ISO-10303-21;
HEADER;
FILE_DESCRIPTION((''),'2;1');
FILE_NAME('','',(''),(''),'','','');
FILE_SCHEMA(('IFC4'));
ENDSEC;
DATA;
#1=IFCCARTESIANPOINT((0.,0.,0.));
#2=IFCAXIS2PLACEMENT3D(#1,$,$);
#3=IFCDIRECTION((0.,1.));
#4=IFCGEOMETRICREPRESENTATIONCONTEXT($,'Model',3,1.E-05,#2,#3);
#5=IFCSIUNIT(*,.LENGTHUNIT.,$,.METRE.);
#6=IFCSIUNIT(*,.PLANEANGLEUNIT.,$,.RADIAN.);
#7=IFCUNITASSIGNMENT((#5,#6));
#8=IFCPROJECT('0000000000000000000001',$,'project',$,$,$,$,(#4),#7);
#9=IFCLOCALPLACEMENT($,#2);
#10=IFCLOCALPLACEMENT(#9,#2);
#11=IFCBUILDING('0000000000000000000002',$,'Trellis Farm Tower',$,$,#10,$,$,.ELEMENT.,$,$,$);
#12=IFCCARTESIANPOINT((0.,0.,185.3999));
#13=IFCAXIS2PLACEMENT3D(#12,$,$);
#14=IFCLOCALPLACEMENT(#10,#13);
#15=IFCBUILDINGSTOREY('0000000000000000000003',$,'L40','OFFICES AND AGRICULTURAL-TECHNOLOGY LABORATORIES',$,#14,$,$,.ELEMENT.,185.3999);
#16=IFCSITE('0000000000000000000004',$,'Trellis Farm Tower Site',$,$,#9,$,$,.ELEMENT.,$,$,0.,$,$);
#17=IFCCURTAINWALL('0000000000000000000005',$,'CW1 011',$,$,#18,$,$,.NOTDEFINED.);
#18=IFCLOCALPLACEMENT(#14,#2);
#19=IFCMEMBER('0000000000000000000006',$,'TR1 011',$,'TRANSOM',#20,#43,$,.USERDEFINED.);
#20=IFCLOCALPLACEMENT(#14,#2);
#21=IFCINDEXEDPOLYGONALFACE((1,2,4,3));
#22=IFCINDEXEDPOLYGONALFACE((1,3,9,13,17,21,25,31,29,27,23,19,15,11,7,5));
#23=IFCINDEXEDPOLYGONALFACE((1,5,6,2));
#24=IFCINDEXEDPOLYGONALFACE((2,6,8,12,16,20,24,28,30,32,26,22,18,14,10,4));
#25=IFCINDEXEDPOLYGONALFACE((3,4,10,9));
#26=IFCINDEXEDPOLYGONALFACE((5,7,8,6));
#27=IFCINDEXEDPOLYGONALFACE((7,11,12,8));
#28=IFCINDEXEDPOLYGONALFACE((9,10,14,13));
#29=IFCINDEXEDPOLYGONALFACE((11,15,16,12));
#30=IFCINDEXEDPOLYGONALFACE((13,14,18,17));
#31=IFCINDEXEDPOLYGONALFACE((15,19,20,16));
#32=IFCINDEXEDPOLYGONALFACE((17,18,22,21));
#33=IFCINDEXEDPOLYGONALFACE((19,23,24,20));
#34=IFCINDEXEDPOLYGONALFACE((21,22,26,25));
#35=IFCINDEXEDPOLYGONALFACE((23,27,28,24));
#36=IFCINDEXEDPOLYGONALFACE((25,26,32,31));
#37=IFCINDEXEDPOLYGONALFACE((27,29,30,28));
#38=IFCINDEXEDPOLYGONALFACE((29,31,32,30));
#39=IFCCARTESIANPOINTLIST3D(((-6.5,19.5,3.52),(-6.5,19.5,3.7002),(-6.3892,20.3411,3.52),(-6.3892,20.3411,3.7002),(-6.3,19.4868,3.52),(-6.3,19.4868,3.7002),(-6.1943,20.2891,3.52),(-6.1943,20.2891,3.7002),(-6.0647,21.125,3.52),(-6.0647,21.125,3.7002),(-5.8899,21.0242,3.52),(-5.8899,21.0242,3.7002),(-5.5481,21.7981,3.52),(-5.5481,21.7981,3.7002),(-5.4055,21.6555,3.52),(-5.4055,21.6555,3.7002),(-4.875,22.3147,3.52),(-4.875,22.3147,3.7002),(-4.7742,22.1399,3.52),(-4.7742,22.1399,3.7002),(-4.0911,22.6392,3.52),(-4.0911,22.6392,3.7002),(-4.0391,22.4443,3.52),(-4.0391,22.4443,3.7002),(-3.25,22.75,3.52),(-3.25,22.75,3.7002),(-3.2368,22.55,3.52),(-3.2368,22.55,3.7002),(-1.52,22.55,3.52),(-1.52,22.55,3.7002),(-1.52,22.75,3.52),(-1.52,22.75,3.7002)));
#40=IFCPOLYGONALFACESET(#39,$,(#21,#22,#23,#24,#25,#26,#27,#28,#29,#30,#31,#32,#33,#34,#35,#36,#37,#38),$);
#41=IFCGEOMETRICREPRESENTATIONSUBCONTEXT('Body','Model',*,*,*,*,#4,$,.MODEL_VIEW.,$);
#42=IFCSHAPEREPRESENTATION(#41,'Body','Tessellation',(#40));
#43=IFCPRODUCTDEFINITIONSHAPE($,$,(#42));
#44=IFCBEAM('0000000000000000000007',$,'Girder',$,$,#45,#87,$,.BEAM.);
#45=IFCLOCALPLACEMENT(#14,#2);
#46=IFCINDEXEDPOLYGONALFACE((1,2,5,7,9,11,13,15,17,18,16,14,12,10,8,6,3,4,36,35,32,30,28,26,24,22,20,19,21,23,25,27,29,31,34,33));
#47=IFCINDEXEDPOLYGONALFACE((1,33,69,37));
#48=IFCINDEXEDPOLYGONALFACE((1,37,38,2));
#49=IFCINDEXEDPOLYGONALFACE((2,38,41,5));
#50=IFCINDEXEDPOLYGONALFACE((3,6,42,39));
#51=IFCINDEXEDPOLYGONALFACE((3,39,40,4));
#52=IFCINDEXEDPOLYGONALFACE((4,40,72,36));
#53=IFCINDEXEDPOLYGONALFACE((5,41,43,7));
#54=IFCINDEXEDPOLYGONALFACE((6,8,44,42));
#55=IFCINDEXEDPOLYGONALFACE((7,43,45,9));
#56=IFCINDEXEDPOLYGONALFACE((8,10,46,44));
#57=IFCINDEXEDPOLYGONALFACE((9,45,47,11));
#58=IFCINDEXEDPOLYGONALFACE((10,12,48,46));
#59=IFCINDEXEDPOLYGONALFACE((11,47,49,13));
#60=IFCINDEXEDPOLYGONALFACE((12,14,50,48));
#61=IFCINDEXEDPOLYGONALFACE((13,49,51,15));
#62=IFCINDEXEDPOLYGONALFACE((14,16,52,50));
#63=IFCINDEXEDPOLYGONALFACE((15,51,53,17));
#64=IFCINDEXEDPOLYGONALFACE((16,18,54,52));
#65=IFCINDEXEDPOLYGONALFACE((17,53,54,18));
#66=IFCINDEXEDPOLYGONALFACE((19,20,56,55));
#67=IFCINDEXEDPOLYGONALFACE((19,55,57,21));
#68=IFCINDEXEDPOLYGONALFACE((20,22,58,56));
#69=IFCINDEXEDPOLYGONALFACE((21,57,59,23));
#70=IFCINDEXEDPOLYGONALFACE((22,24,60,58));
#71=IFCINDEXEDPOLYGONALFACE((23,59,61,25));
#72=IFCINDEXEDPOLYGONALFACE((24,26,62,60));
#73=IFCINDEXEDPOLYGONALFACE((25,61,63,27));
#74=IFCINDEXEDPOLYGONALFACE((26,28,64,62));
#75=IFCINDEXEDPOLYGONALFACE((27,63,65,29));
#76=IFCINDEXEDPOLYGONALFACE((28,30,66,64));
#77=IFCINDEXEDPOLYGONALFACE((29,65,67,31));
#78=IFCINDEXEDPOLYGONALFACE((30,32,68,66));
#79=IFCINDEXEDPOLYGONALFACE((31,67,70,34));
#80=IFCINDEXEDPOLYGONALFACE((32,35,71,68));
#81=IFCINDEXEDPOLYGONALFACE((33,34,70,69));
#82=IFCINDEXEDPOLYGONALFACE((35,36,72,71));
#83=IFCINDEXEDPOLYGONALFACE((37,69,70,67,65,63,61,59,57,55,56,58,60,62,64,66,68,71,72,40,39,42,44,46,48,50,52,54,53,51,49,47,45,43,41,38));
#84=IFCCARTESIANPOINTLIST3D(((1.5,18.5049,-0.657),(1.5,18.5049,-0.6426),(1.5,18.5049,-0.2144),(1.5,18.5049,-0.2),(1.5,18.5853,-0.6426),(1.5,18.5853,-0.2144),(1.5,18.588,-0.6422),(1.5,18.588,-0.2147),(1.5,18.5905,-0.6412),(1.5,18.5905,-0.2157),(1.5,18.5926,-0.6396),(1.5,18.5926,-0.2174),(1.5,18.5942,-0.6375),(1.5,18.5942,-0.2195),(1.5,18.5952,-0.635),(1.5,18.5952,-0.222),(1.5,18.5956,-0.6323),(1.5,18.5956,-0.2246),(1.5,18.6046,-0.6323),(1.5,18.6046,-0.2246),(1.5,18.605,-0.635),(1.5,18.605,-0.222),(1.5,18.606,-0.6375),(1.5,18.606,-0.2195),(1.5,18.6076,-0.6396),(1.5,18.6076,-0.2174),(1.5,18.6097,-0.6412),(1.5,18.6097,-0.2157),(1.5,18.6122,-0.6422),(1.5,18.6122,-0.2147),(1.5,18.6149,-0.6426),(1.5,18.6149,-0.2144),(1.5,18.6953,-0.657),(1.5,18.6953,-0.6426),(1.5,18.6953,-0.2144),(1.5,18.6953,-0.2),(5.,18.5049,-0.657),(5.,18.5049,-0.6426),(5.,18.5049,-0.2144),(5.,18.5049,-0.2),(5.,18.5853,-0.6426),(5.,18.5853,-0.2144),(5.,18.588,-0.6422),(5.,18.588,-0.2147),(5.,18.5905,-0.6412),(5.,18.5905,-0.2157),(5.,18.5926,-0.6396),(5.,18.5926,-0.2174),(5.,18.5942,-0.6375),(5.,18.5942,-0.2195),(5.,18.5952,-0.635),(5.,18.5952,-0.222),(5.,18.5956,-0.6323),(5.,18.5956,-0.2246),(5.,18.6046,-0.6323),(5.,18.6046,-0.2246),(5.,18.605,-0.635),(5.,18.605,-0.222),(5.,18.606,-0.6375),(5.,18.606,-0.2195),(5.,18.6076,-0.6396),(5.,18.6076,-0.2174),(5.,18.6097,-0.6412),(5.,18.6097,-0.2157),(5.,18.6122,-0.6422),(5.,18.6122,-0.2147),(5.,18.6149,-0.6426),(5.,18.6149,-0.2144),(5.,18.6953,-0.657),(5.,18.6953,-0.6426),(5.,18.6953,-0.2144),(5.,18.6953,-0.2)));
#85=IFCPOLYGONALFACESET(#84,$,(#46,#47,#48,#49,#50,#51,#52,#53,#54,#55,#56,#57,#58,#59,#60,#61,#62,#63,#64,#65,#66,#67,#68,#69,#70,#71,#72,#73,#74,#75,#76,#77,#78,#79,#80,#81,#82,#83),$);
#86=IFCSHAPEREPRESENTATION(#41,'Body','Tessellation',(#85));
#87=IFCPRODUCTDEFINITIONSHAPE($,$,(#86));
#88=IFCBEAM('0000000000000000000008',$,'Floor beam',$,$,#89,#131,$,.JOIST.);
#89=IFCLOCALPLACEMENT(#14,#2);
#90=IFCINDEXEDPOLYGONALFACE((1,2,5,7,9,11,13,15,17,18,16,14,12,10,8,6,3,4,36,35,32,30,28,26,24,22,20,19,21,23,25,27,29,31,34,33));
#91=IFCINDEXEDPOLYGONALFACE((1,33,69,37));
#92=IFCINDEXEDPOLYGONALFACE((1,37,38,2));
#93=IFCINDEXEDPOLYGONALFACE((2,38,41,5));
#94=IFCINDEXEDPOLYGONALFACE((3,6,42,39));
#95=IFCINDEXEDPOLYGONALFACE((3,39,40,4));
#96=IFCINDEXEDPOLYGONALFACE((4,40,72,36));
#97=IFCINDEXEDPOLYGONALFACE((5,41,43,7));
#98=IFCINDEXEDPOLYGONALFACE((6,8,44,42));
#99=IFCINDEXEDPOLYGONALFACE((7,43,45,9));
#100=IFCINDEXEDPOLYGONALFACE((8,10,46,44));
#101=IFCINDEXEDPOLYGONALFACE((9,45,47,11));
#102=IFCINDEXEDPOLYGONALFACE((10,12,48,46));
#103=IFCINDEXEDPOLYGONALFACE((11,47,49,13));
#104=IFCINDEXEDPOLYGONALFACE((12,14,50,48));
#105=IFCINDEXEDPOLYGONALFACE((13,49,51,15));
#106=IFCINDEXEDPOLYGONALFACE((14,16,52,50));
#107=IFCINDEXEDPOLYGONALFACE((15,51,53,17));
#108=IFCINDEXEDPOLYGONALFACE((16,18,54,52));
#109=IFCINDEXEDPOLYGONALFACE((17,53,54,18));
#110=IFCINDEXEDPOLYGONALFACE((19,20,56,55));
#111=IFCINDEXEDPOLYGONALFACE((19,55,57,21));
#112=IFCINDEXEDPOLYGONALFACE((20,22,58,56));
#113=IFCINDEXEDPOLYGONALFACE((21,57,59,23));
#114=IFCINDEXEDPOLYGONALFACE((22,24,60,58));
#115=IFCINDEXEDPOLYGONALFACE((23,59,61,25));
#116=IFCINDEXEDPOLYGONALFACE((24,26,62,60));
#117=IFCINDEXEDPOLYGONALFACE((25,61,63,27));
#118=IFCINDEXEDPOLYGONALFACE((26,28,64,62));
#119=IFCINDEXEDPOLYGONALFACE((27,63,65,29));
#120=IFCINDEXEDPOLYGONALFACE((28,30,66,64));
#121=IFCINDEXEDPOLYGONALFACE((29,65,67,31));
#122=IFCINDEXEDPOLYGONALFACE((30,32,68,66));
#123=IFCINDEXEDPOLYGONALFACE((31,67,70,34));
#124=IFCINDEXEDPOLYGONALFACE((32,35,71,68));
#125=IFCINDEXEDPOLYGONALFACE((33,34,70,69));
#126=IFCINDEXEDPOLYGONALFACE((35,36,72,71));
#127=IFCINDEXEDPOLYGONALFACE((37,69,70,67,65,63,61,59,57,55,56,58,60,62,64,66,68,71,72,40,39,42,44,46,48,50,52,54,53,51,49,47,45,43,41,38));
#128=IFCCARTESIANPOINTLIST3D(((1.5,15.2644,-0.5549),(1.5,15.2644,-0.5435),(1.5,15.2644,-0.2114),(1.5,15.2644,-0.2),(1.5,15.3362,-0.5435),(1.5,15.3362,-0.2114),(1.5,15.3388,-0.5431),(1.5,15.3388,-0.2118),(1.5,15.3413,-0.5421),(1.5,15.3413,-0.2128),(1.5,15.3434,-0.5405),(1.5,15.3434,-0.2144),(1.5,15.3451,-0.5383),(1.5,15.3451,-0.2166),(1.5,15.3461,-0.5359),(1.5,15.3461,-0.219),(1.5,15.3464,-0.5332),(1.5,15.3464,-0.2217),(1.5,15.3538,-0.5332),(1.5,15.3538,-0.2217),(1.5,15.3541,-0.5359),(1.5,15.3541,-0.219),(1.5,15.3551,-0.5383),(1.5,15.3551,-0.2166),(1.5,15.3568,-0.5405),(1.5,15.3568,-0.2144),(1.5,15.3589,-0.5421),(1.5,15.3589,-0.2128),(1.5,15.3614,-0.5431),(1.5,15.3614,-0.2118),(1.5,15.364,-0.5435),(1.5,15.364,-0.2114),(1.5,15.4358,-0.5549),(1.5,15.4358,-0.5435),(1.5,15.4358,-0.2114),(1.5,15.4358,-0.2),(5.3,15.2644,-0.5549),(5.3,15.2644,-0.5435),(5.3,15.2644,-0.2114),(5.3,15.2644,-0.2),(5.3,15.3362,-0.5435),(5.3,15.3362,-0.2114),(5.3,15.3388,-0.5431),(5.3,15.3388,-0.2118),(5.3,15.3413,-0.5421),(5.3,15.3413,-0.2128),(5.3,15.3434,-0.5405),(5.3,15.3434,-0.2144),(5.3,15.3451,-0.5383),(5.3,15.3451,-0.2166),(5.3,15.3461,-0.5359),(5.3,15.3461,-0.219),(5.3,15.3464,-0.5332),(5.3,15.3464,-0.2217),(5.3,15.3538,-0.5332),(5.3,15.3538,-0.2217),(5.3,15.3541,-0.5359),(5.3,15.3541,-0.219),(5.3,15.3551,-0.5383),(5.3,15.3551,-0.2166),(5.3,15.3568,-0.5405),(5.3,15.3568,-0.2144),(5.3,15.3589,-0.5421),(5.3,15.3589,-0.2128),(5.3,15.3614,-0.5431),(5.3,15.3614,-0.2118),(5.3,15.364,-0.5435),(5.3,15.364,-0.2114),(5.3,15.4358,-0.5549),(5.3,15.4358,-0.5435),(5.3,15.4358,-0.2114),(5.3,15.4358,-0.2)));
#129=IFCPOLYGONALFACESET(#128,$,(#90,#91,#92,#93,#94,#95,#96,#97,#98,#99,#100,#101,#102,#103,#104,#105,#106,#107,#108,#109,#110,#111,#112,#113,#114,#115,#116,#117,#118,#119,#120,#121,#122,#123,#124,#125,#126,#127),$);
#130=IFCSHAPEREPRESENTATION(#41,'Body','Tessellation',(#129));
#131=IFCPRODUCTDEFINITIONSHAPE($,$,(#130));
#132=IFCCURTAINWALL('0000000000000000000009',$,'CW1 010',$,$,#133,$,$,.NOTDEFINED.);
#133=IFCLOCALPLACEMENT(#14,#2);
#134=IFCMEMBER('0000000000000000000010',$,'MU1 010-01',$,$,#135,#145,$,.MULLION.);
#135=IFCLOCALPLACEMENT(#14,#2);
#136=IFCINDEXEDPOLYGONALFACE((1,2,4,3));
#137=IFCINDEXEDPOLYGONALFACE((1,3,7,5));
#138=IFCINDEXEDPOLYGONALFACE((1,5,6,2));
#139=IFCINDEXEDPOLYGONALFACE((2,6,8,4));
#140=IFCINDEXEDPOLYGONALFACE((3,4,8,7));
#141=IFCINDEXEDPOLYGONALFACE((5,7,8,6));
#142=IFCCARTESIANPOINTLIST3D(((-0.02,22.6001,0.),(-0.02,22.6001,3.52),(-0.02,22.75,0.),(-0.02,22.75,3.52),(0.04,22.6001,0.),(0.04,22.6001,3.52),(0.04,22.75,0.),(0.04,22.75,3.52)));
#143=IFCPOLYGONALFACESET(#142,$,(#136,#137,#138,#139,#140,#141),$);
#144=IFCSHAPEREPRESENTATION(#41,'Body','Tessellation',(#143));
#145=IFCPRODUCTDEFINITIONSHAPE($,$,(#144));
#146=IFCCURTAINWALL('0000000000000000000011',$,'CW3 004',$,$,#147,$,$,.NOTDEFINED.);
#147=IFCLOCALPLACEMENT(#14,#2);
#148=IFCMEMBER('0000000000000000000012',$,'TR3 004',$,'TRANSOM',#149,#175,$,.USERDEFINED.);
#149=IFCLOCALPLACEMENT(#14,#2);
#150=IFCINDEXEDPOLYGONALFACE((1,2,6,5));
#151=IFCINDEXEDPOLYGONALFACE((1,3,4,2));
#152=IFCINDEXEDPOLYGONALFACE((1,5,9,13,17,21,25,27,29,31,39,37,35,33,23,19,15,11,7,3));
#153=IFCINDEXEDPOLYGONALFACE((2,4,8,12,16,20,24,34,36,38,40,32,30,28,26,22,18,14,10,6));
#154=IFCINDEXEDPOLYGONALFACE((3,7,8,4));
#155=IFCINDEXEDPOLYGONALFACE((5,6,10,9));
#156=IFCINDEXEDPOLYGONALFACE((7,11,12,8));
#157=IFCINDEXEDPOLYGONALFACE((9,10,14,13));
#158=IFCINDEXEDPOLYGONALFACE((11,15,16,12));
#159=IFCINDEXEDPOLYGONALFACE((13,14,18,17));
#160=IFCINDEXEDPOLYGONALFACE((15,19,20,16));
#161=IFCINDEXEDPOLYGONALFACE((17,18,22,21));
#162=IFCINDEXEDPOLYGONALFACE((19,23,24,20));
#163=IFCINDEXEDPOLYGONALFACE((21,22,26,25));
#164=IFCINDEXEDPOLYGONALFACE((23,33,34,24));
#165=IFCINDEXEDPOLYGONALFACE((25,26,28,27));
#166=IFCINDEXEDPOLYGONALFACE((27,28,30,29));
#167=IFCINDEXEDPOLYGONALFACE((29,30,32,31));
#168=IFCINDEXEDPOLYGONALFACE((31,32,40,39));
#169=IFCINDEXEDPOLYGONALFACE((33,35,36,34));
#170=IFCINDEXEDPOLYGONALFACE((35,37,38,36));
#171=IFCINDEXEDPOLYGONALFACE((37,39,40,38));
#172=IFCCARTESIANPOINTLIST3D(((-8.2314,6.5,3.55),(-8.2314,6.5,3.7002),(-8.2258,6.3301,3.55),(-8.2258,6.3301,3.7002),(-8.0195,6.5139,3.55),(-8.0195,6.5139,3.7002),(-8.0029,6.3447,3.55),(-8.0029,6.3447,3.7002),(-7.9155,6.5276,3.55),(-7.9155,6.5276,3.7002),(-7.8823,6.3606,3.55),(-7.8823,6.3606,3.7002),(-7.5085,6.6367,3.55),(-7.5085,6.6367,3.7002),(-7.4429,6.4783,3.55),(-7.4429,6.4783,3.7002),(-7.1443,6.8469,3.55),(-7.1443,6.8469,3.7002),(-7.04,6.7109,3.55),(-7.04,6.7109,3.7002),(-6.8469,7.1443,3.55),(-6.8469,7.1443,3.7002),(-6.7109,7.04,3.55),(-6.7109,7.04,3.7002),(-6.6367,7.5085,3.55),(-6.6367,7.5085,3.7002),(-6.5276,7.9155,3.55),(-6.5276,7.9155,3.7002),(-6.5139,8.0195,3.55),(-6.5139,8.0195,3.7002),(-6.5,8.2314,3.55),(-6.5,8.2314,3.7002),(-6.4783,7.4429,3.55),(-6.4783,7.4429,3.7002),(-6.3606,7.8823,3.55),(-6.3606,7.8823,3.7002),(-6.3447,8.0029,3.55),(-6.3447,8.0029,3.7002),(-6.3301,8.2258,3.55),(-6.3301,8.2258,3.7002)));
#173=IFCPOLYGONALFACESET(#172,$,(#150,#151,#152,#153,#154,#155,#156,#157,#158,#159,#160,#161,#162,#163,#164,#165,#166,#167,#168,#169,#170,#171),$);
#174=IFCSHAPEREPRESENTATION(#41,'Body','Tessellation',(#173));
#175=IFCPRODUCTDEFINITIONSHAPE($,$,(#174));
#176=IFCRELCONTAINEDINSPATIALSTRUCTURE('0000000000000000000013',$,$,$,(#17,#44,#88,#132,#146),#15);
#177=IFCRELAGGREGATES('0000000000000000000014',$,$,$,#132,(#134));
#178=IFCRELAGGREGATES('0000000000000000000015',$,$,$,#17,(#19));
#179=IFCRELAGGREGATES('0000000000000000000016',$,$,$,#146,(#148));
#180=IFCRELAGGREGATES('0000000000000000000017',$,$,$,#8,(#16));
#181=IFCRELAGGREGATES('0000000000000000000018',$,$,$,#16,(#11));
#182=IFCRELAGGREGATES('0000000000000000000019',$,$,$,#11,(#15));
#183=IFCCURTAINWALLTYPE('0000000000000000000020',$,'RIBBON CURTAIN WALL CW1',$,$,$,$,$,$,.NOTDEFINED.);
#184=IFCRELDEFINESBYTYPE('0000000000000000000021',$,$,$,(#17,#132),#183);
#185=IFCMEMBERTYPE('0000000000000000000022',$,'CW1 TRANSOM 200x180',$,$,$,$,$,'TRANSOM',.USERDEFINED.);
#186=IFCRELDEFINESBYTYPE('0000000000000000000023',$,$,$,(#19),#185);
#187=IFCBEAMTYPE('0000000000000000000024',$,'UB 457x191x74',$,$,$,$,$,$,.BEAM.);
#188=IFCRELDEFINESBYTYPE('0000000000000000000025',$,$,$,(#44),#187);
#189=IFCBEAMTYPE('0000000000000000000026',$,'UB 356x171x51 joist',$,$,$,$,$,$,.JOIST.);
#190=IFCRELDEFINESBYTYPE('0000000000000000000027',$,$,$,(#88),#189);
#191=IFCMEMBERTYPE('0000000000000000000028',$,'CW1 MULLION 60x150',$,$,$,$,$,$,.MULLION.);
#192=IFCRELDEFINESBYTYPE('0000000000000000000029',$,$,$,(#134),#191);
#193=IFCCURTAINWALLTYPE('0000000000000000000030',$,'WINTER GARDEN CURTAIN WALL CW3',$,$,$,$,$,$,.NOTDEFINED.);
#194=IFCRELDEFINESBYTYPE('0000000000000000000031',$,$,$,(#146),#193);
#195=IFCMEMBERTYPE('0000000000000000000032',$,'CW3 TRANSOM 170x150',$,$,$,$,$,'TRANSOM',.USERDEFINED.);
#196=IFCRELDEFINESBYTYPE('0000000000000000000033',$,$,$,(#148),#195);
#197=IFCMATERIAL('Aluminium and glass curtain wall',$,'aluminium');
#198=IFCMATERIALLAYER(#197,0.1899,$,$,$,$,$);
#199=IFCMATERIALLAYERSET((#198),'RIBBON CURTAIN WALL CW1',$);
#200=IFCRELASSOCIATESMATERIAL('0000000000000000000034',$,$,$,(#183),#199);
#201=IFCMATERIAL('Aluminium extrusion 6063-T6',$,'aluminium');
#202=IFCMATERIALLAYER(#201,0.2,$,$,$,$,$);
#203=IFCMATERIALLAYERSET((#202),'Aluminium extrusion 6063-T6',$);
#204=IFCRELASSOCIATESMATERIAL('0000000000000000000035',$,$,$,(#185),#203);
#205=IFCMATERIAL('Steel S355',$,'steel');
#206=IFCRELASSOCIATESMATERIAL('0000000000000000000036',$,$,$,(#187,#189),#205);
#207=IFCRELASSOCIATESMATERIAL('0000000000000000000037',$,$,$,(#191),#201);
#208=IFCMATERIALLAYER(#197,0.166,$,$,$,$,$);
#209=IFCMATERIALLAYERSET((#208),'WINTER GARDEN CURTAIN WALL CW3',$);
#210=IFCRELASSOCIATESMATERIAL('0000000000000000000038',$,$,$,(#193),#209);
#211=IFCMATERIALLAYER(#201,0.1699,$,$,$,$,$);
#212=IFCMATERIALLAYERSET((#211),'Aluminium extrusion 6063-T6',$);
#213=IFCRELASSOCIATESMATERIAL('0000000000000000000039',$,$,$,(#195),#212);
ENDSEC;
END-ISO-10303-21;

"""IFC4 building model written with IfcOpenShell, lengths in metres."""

from ifc_helpers import new_model, si_unit, direction, frame, origin, origin_2d, place, context, subcontext, project, spatial, polyline, rectangle, i_section, outline, extrude, source, transform, mapped, material, layer, layer_set, material_profile, profile_set, type_object, element, aggregate, save


model = new_model("IFC4")

# Units and contexts
model_context = context("Model", 3, precision=1e-05, world=origin(), true_north=direction((0.0, 1.0)))
body_context = subcontext(model_context, "Body", "Model", "MODEL_VIEW")
ifc_project = project(units=[si_unit("LENGTHUNIT", "METRE"), si_unit("PLANEANGLEUNIT", "RADIAN")], contexts=[model_context])

# Site, building, storey
site_placement = place(None, origin())
site = spatial("IfcSite", under=ifc_project, at=site_placement, Name="Trellis Farm Tower Site", CompositionType="ELEMENT", RefElevation=0.0)
building_placement = place(site_placement, origin())
building = spatial("IfcBuilding", under=site, at=building_placement, Name="Trellis Farm Tower", CompositionType="ELEMENT")
storey_placement = place(building_placement, frame((0.0, 0.0, 185.3999)))
storey = spatial("IfcBuildingStorey", under=building, at=storey_placement, Name="L40", Description="OFFICES AND AGRICULTURAL-TECHNOLOGY LABORATORIES", CompositionType="ELEMENT", Elevation=185.3999)

# Curtain wall, member
ifc_material_1 = material(Name="Aluminium and glass curtain wall", Category="aluminium")
ifc_layer_1 = layer(ifc_material_1, 0.1899)
ifc_layer_set_1 = layer_set([ifc_layer_1], Name="RIBBON CURTAIN WALL CW1")
curtain_wall_type_1 = type_object("IfcCurtainWallType", Name="RIBBON CURTAIN WALL CW1", PredefinedType="NOTDEFINED", material=ifc_layer_set_1)
placement_1 = place(storey_placement, origin())
curtain_wall_1 = element("IfcCurtainWall", 1, at=placement_1, inside=storey, type_object=curtain_wall_type_1, Name="CW1 011", PredefinedType="NOTDEFINED")
ifc_material_2 = material(Name="Aluminium extrusion 6063-T6", Category="aluminium")
ifc_layer_2 = layer(ifc_material_2, 0.2)
ifc_layer_set_2 = layer_set([ifc_layer_2], Name="Aluminium extrusion 6063-T6")
member_type_1 = type_object("IfcMemberType", Name="CW1 TRANSOM 200x180", ElementType="TRANSOM", PredefinedType="USERDEFINED", material=ifc_layer_set_2)
placement_2 = place(storey_placement, frame((0.0, 0.0, 3.52)))
member_1 = element("IfcMember", 2, at=placement_2, type_object=member_type_1, Name="TR1 011", ObjectType="TRANSOM", PredefinedType="USERDEFINED", context=body_context, shape_type="SweptSolid", body=[
    extrude(outline(polyline([(-1.52, 22.75), (-3.25, 22.75), (-4.0911, 22.6392), (-4.875, 22.3147), (-5.5481, 21.7981), (-6.0647, 21.125), (-6.3892, 20.3411), (-6.5, 19.5), (-6.3, 19.4868), (-6.1943, 20.2891), (-5.8899, 21.0242), (-5.4055, 21.6555), (-4.7742, 22.1399), (-4.0391, 22.4443), (-3.2368, 22.55), (-1.52, 22.55), (-1.52, 22.75)])), origin(), (0.0, 0.0, 1.0), 0.1802),
])

# Beams
ifc_material_3 = material(Name="Steel S355", Category="steel")
ifc_material_profile_1 = material_profile(ifc_material_3, i_section(OverallWidth=0.1904, OverallDepth=0.457, WebThickness=0.009, FlangeThickness=0.0144, FilletRadius=0.0103, at=origin_2d()), Name="UB 457x191x74")
ifc_profile_set_1 = profile_set([ifc_material_profile_1], Name="Steel S355")
beam_type_1 = type_object("IfcBeamType", Name="UB 457x191x74", PredefinedType="BEAM", material=ifc_profile_set_1)
shared_shape_1 = source(origin(), body_context, "Body", "SweptSolid", [
    extrude(i_section(OverallWidth=0.1904, OverallDepth=0.457, WebThickness=0.009, FlangeThickness=0.0144, FilletRadius=0.0103, at=origin_2d()), origin(), (0.0, 0.0, 1.0), 3.5),
])
beam_1_placement = place(storey_placement, frame((1.5, 18.6001, -0.4285), z_axis=(1.0, 0.0, 0.0), x_axis=(0.0, 1.0, 0.0)))
element("IfcBeam", 3, at=beam_1_placement, inside=storey, type_object=beam_type_1, Name="Girder", PredefinedType="BEAM", context=body_context, shape_type="MappedRepresentation", body=[
    mapped(shared_shape_1, transform((0.0, 0.0, 0.0))),
])
ifc_material_profile_2 = material_profile(ifc_material_3, i_section(OverallWidth=0.1714, OverallDepth=0.355, WebThickness=0.0073, FlangeThickness=0.0115, FilletRadius=0.0103, at=origin_2d()), Name="UB 356x171x51")
ifc_profile_set_2 = profile_set([ifc_material_profile_2], Name="Steel S355")
beam_type_2 = type_object("IfcBeamType", Name="UB 356x171x51 joist", PredefinedType="JOIST", material=ifc_profile_set_2)
shared_shape_2 = source(origin(), body_context, "Body", "SweptSolid", [
    extrude(i_section(OverallWidth=0.1714, OverallDepth=0.355, WebThickness=0.0073, FlangeThickness=0.0115, FilletRadius=0.0103, at=origin_2d()), origin(), (0.0, 0.0, 1.0), 3.8),
])
beam_2_placement = place(storey_placement, frame((1.5, 15.3501, -0.3774), z_axis=(1.0, 0.0, 0.0), x_axis=(0.0, 1.0, 0.0)))
element("IfcBeam", 4, at=beam_2_placement, inside=storey, type_object=beam_type_2, Name="Floor beam", PredefinedType="JOIST", context=body_context, shape_type="MappedRepresentation", body=[
    mapped(shared_shape_2, transform((0.0, 0.0, 0.0))),
])

# Curtain walls, members
curtain_wall_2 = element("IfcCurtainWall", 5, at=placement_1, inside=storey, type_object=curtain_wall_type_1, Name="CW1 010", PredefinedType="NOTDEFINED")
ifc_material_profile_3 = material_profile(ifc_material_2, rectangle(XDim=0.0601, YDim=0.1499, at=origin_2d()), Name="MULLION 60x150")
ifc_profile_set_3 = profile_set([ifc_material_profile_3], Name="Aluminium extrusion 6063-T6")
member_type_2 = type_object("IfcMemberType", Name="CW1 MULLION 60x150", PredefinedType="MULLION", material=ifc_profile_set_3)
shared_shape_3 = source(origin(), body_context, "Body", "SweptSolid", [
    extrude(rectangle(XDim=0.0601, YDim=0.1499, at=origin_2d()), origin(), (0.0, 0.0, 1.0), 3.52),
])
member_2_placement = place(storey_placement, frame((0.01, 22.675, 0.0), z_axis=(0.0, 0.0, 1.0), x_axis=(-1.0, 0.0, 0.0)))
member_2 = element("IfcMember", 6, at=member_2_placement, type_object=member_type_2, Name="MU1 010-01", PredefinedType="MULLION", context=body_context, shape_type="MappedRepresentation", body=[
    mapped(shared_shape_3, transform((0.0, 0.0, 0.0))),
])
aggregate(curtain_wall_2, [member_2])
ifc_layer_3 = layer(ifc_material_1, 0.166)
ifc_layer_set_3 = layer_set([ifc_layer_3], Name="WINTER GARDEN CURTAIN WALL CW3")
curtain_wall_type_2 = type_object("IfcCurtainWallType", Name="WINTER GARDEN CURTAIN WALL CW3", PredefinedType="NOTDEFINED", material=ifc_layer_set_3)
curtain_wall_3 = element("IfcCurtainWall", 7, at=placement_1, inside=storey, type_object=curtain_wall_type_2, Name="CW3 004", PredefinedType="NOTDEFINED")
ifc_layer_4 = layer(ifc_material_2, 0.1699)
ifc_layer_set_4 = layer_set([ifc_layer_4], Name="Aluminium extrusion 6063-T6")
member_type_3 = type_object("IfcMemberType", Name="CW3 TRANSOM 170x150", ElementType="TRANSOM", PredefinedType="USERDEFINED", material=ifc_layer_set_4)
shared_shape_4 = source(origin(), body_context, "Body", "SweptSolid", [
    extrude(outline(polyline([(-6.5, 8.2314), (-6.5139, 8.0195), (-6.5276, 7.9155), (-6.6367, 7.5085), (-6.8469, 7.1443), (-7.1443, 6.8469), (-7.5085, 6.6367), (-7.9155, 6.5276), (-8.0195, 6.5139), (-8.2314, 6.5), (-8.2258, 6.3301), (-8.0029, 6.3447), (-7.8823, 6.3606), (-7.4429, 6.4783), (-7.04, 6.7109), (-6.7109, 7.04), (-6.4783, 7.4429), (-6.3606, 7.8823), (-6.3447, 8.0029), (-6.3301, 8.2258), (-6.5, 8.2314)])), origin(), (0.0, 0.0, 1.0), 0.1501),
])
member_3_placement = place(storey_placement, frame((0.0, 0.0, 3.55)))
member_3 = element("IfcMember", 8, at=member_3_placement, type_object=member_type_3, Name="TR3 004", ObjectType="TRANSOM", PredefinedType="USERDEFINED", context=body_context, shape_type="MappedRepresentation", body=[
    mapped(shared_shape_4, transform((0.0, 0.0, 0.0))),
])

aggregate(curtain_wall_1, [member_1])
aggregate(curtain_wall_3, [member_3])

save(model, "model.ifc")
